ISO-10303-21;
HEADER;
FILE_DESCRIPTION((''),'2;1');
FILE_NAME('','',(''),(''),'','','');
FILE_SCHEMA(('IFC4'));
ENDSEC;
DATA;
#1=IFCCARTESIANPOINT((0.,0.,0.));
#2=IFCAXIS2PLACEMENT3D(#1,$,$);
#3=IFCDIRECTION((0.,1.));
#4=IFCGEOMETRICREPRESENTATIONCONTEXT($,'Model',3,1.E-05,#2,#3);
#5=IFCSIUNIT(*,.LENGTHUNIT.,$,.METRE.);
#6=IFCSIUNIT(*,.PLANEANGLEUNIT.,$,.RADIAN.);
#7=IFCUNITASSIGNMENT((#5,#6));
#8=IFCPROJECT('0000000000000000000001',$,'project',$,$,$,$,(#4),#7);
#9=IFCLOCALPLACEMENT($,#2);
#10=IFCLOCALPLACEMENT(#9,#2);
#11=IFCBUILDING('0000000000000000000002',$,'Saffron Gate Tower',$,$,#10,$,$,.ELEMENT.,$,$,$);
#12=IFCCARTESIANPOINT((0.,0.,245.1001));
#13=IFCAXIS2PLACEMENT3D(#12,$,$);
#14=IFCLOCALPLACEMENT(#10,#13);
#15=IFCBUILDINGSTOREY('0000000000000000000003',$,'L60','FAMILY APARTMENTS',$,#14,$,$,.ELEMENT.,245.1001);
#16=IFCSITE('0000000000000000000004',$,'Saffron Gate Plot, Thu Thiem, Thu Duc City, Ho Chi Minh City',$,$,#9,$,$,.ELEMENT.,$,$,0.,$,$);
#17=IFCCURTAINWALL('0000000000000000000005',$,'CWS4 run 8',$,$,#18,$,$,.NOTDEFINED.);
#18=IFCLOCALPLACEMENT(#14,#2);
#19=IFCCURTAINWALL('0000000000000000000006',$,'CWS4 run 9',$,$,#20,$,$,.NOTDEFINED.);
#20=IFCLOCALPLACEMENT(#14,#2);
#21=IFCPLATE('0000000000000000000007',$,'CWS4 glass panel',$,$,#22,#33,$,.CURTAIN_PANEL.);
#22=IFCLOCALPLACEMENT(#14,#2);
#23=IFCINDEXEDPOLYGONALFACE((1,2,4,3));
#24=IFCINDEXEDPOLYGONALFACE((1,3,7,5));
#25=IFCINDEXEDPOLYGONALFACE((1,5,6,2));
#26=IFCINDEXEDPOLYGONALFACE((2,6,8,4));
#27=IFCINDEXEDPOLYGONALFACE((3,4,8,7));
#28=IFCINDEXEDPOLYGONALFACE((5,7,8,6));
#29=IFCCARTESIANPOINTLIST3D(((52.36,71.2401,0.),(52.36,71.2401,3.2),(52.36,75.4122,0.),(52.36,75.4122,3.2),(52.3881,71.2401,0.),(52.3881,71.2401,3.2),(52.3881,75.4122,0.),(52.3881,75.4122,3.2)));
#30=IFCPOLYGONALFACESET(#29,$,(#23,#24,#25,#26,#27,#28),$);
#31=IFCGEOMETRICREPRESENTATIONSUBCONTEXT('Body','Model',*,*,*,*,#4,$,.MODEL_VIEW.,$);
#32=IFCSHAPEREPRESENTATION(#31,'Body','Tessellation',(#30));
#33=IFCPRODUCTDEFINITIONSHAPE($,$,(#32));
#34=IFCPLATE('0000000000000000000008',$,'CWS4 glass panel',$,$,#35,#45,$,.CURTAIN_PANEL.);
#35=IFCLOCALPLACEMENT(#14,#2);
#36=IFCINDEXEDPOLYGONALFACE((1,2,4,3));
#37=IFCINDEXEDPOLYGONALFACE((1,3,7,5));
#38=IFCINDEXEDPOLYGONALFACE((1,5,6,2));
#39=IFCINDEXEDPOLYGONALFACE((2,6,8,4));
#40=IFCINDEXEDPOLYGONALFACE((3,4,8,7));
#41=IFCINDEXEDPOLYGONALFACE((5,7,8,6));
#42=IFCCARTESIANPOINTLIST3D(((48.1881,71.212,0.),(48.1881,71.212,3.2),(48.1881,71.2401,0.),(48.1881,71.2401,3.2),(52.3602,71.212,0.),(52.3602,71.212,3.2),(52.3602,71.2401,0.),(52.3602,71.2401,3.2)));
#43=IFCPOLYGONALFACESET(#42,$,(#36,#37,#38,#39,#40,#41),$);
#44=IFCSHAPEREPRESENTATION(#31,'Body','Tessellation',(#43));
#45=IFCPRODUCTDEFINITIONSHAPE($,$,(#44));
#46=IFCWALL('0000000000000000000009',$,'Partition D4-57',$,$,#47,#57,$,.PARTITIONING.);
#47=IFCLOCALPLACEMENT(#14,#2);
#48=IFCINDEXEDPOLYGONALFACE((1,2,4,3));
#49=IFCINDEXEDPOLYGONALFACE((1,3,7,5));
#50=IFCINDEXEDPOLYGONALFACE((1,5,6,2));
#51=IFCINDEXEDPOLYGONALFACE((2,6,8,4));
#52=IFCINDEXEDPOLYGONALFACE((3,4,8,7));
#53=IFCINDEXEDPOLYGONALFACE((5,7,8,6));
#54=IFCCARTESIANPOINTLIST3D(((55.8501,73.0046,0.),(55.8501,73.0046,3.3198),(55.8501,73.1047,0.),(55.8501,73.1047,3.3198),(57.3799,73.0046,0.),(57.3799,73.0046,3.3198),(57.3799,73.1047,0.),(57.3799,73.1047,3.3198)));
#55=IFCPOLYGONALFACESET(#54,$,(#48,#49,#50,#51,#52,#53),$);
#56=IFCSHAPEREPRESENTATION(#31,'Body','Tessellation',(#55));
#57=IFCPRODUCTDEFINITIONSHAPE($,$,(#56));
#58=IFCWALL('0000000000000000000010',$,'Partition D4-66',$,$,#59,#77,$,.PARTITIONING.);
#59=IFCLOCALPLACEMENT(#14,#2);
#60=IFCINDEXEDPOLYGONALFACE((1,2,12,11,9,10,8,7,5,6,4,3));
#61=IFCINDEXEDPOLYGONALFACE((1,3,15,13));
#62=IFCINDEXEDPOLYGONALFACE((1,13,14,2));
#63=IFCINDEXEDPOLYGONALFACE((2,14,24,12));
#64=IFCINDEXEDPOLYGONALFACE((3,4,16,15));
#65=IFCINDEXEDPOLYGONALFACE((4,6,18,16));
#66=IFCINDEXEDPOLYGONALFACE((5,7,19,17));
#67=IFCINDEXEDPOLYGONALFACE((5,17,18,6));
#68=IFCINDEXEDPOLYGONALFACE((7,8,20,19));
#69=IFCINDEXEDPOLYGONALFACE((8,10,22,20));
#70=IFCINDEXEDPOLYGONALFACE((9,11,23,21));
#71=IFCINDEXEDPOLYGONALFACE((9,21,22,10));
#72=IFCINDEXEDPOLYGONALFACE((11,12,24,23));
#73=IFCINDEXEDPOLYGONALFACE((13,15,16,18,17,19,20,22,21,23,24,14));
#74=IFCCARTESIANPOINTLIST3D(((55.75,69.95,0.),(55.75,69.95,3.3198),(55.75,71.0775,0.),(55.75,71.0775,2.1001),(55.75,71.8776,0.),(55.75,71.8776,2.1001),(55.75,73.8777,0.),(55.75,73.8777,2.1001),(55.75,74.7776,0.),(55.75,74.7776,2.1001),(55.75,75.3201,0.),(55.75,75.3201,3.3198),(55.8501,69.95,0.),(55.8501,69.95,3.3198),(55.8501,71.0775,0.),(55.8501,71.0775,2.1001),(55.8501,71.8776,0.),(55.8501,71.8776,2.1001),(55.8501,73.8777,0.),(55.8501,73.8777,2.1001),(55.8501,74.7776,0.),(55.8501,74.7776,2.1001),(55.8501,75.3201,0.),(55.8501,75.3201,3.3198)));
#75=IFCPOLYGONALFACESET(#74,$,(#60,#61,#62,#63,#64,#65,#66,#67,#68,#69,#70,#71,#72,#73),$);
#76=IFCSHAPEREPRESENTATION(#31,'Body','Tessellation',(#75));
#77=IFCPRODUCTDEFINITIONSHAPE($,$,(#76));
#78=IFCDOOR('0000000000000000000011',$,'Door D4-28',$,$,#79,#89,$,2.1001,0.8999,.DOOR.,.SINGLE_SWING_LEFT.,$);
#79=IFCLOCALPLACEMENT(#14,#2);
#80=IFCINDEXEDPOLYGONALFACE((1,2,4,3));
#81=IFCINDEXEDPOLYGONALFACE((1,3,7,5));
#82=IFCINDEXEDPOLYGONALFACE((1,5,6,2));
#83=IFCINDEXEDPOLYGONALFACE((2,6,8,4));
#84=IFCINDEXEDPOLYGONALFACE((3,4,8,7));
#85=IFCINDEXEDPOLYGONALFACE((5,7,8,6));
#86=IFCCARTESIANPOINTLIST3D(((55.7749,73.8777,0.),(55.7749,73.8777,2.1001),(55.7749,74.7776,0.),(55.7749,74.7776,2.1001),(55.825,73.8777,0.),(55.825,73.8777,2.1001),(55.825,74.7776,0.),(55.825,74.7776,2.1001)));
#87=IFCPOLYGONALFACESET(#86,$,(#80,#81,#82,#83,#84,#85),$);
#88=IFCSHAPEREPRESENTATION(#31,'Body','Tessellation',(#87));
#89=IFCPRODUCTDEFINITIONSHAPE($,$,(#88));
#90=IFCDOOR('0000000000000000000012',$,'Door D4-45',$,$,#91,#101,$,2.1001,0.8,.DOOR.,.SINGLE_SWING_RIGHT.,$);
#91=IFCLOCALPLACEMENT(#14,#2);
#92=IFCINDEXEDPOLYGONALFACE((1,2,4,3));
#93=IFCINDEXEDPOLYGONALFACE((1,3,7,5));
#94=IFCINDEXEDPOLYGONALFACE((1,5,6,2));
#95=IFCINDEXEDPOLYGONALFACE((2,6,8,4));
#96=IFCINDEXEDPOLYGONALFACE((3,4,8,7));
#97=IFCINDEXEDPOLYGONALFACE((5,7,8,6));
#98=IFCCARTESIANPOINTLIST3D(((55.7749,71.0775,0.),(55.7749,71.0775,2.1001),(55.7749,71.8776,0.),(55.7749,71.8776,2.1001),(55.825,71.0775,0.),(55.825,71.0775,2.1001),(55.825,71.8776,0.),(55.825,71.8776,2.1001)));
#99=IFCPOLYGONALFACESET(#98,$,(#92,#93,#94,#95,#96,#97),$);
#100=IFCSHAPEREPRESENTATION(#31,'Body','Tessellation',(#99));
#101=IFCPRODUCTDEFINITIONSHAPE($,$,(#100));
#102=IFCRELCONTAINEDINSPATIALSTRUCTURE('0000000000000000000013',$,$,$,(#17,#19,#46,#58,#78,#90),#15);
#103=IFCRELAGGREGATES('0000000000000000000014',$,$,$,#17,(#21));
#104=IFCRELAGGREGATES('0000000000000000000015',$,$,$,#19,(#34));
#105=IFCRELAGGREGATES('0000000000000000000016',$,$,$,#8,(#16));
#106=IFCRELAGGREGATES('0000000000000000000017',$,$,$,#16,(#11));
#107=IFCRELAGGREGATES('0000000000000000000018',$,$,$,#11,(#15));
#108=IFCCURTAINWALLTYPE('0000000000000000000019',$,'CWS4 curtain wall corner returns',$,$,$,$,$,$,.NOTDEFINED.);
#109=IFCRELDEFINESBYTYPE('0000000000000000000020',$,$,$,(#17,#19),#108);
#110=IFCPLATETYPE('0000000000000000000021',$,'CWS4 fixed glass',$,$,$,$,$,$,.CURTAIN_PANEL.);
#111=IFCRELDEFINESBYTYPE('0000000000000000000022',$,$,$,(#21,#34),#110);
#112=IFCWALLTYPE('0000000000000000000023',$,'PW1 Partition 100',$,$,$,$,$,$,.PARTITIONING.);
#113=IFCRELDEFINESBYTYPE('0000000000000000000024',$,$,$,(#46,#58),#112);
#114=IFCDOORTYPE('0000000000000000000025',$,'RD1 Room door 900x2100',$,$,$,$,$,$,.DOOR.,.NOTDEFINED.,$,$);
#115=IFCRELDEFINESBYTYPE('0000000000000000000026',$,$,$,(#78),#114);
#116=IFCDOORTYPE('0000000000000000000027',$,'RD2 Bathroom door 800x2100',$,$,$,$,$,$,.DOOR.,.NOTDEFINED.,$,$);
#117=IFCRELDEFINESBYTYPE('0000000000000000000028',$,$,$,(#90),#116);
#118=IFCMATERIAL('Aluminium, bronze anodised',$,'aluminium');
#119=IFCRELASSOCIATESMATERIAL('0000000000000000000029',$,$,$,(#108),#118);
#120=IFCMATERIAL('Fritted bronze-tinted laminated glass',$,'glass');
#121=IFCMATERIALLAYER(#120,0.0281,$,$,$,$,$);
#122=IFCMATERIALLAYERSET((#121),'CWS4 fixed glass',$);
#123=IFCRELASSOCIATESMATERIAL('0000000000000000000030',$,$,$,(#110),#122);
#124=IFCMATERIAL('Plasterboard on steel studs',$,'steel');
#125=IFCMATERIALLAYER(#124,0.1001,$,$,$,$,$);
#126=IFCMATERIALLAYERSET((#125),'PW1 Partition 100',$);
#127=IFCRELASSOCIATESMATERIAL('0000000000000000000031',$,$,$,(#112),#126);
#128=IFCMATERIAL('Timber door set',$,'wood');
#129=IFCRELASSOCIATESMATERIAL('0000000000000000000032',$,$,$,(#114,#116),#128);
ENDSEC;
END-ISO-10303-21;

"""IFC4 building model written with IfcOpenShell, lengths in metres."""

from ifc_helpers import new_model, si_unit, direction, frame, frame_2d, origin, place, context, subcontext, project, spatial, rectangle, extrude, material, layer, layer_set, type_object, element, fill, aggregate, save


model = new_model("IFC4")

# Units and contexts
model_context = context("Model", 3, precision=1e-05, world=origin(), true_north=direction((0.0, 1.0)))
body_context = subcontext(model_context, "Body", "Model", "MODEL_VIEW")
ifc_project = project(units=[si_unit("LENGTHUNIT", "METRE"), si_unit("PLANEANGLEUNIT", "RADIAN")], contexts=[model_context])

# Site, building, storey
site_placement = place(None, origin())
site = spatial("IfcSite", under=ifc_project, at=site_placement, Name="Saffron Gate Plot, Thu Thiem, Thu Duc City, Ho Chi Minh City", CompositionType="ELEMENT", RefElevation=0.0)
building_placement = place(site_placement, origin())
building = spatial("IfcBuilding", under=site, at=building_placement, Name="Saffron Gate Tower", CompositionType="ELEMENT")
storey_placement = place(building_placement, frame((0.0, 0.0, 245.1001)))
storey = spatial("IfcBuildingStorey", under=building, at=storey_placement, Name="L60", Description="FAMILY APARTMENTS", CompositionType="ELEMENT", Elevation=245.1001)

# Shared definitions
ifc_material_1 = material(Name="Aluminium, bronze anodised", Category="aluminium")

# Curtain walls
curtain_wall_type_1 = type_object("IfcCurtainWallType", Name="CWS4 curtain wall corner returns", PredefinedType="NOTDEFINED", material=ifc_material_1)
curtain_wall_1_placement = place(storey_placement, origin())
curtain_wall_1 = element("IfcCurtainWall", 1, at=curtain_wall_1_placement, inside=storey, type_object=curtain_wall_type_1, Name="CWS4 run 8", PredefinedType="NOTDEFINED")
curtain_wall_2_placement = place(storey_placement, origin())
curtain_wall_2 = element("IfcCurtainWall", 2, at=curtain_wall_2_placement, inside=storey, type_object=curtain_wall_type_1, Name="CWS4 run 9", PredefinedType="NOTDEFINED")

# Shared definitions
ifc_material_2 = material(Name="Fritted bronze-tinted laminated glass", Category="glass")

# Plates
ifc_layer_1 = layer(ifc_material_2, 0.0281)
ifc_layer_set_1 = layer_set([ifc_layer_1], Name="CWS4 fixed glass")
plate_type_1 = type_object("IfcPlateType", Name="CWS4 fixed glass", PredefinedType="CURTAIN_PANEL", material=ifc_layer_set_1)
plate_1_placement = place(storey_placement, frame((52.374, 75.4121, 0.0), z_axis=(0.0, 0.0, 1.0), x_axis=(0.0, -1.0, 0.0)))
plate_1 = element("IfcPlate", 3, at=plate_1_placement, type_object=plate_type_1, Name="CWS4 glass panel", PredefinedType="CURTAIN_PANEL", context=body_context, shape_type="SweptSolid", body=[
    extrude(rectangle(XDim=4.1721, YDim=0.0281, at=frame_2d((2.0859, 0.0))), origin(), (0.0, 0.0, 1.0), 3.2),
])
aggregate(curtain_wall_1, [plate_1])
plate_2_placement = place(storey_placement, frame((52.3601, 71.2261, 0.0), z_axis=(0.0, 0.0, 1.0), x_axis=(-1.0, 0.0, 0.0)))
plate_2 = element("IfcPlate", 4, at=plate_2_placement, type_object=plate_type_1, Name="CWS4 glass panel", PredefinedType="CURTAIN_PANEL", context=body_context, shape_type="SweptSolid", body=[
    extrude(rectangle(XDim=4.1721, YDim=0.0281, at=frame_2d((2.0859, 0.0))), origin(), (0.0, 0.0, 1.0), 3.2),
])
aggregate(curtain_wall_2, [plate_2])

# Wall
ifc_material_3 = material(Name="Plasterboard on steel studs", Category="steel")
ifc_layer_2 = layer(ifc_material_3, 0.1001)
ifc_layer_set_2 = layer_set([ifc_layer_2], Name="PW1 Partition 100")
wall_type = type_object("IfcWallType", Name="PW1 Partition 100", PredefinedType="PARTITIONING", material=ifc_layer_set_2)
wall_1_placement = place(storey_placement, frame((55.8501, 73.0547, 0.0), z_axis=(0.0, 0.0, 1.0), x_axis=(1.0, 0.0, 0.0)))
element("IfcWall", 5, at=wall_1_placement, inside=storey, type_object=wall_type, Name="Partition D4-57", PredefinedType="PARTITIONING", context=body_context, shape_type="SweptSolid", body=[
    extrude(rectangle(XDim=1.5298, YDim=0.1001, at=frame_2d((0.7649, 0.0))), origin(), (0.0, 0.0, 1.0), 3.3198),
])

# Wall, openings, doors
wall_2_placement = place(storey_placement, frame((55.8, 75.3201, 0.0), z_axis=(0.0, 0.0, 1.0), x_axis=(0.0, -1.0, 0.0)))
wall_2 = element("IfcWall", 6, at=wall_2_placement, inside=storey, type_object=wall_type, Name="Partition D4-66", PredefinedType="PARTITIONING", context=body_context, shape_type="SweptSolid", body=[
    extrude(rectangle(XDim=5.3701, YDim=0.1001, at=frame_2d((2.6851, 0.0))), origin(), (0.0, 0.0, 1.0), 3.3198),
])
opening_1_placement = place(wall_2_placement, frame((0.5425, 0.0, 0.0)))
opening_1 = element("IfcOpeningElement", 7, at=opening_1_placement, cuts=wall_2, PredefinedType="OPENING", context=body_context, shape_type="SweptSolid", body=[
    extrude(rectangle(XDim=0.8999, YDim=2.1001, at=frame_2d((0.45, 1.05))), frame((0.0, 0.0601, 0.0), z_axis=(0.0, -1.0, 0.0), x_axis=(1.0, 0.0, 0.0)), (0.0, 0.0, 1.0), 0.1201),
])
opening_2_placement = place(wall_2_placement, frame((3.4426, 0.0, 0.0)))
opening_2 = element("IfcOpeningElement", 8, at=opening_2_placement, cuts=wall_2, PredefinedType="OPENING", context=body_context, shape_type="SweptSolid", body=[
    extrude(rectangle(XDim=0.8, YDim=2.1001, at=frame_2d((0.3999, 1.05))), frame((0.0, 0.0601, 0.0), z_axis=(0.0, -1.0, 0.0), x_axis=(1.0, 0.0, 0.0)), (0.0, 0.0, 1.0), 0.1201),
])
ifc_material_4 = material(Name="Timber door set", Category="wood")
door_type_1 = type_object("IfcDoorType", Name="RD1 Room door 900x2100", OperationType="NOTDEFINED", PredefinedType="DOOR", material=ifc_material_4)
door_1_placement = place(opening_1_placement, origin())
door_1 = element("IfcDoor", 9, at=door_1_placement, inside=storey, type_object=door_type_1, Name="Door D4-28", OperationType="SINGLE_SWING_LEFT", OverallHeight=2.1001, OverallWidth=0.8999, PredefinedType="DOOR", context=body_context, shape_type="SweptSolid", body=[
    extrude(rectangle(XDim=0.8999, YDim=2.1001, at=frame_2d((0.45, 1.05))), frame((0.0, 0.0249, 0.0), z_axis=(0.0, -1.0, 0.0), x_axis=(1.0, 0.0, 0.0)), (0.0, 0.0, 1.0), 0.05),
])
fill(opening_1, door_1)
door_type_2 = type_object("IfcDoorType", Name="RD2 Bathroom door 800x2100", OperationType="NOTDEFINED", PredefinedType="DOOR", material=ifc_material_4)
door_2_placement = place(opening_2_placement, origin())
door_2 = element("IfcDoor", 10, at=door_2_placement, inside=storey, type_object=door_type_2, Name="Door D4-45", OperationType="SINGLE_SWING_RIGHT", OverallHeight=2.1001, OverallWidth=0.8, PredefinedType="DOOR", context=body_context, shape_type="SweptSolid", body=[
    extrude(rectangle(XDim=0.8, YDim=2.1001, at=frame_2d((0.3999, 1.05))), frame((0.0, 0.0249, 0.0), z_axis=(0.0, -1.0, 0.0), x_axis=(1.0, 0.0, 0.0)), (0.0, 0.0, 1.0), 0.05),
])
fill(opening_2, door_2)

save(model, "model.ifc")
